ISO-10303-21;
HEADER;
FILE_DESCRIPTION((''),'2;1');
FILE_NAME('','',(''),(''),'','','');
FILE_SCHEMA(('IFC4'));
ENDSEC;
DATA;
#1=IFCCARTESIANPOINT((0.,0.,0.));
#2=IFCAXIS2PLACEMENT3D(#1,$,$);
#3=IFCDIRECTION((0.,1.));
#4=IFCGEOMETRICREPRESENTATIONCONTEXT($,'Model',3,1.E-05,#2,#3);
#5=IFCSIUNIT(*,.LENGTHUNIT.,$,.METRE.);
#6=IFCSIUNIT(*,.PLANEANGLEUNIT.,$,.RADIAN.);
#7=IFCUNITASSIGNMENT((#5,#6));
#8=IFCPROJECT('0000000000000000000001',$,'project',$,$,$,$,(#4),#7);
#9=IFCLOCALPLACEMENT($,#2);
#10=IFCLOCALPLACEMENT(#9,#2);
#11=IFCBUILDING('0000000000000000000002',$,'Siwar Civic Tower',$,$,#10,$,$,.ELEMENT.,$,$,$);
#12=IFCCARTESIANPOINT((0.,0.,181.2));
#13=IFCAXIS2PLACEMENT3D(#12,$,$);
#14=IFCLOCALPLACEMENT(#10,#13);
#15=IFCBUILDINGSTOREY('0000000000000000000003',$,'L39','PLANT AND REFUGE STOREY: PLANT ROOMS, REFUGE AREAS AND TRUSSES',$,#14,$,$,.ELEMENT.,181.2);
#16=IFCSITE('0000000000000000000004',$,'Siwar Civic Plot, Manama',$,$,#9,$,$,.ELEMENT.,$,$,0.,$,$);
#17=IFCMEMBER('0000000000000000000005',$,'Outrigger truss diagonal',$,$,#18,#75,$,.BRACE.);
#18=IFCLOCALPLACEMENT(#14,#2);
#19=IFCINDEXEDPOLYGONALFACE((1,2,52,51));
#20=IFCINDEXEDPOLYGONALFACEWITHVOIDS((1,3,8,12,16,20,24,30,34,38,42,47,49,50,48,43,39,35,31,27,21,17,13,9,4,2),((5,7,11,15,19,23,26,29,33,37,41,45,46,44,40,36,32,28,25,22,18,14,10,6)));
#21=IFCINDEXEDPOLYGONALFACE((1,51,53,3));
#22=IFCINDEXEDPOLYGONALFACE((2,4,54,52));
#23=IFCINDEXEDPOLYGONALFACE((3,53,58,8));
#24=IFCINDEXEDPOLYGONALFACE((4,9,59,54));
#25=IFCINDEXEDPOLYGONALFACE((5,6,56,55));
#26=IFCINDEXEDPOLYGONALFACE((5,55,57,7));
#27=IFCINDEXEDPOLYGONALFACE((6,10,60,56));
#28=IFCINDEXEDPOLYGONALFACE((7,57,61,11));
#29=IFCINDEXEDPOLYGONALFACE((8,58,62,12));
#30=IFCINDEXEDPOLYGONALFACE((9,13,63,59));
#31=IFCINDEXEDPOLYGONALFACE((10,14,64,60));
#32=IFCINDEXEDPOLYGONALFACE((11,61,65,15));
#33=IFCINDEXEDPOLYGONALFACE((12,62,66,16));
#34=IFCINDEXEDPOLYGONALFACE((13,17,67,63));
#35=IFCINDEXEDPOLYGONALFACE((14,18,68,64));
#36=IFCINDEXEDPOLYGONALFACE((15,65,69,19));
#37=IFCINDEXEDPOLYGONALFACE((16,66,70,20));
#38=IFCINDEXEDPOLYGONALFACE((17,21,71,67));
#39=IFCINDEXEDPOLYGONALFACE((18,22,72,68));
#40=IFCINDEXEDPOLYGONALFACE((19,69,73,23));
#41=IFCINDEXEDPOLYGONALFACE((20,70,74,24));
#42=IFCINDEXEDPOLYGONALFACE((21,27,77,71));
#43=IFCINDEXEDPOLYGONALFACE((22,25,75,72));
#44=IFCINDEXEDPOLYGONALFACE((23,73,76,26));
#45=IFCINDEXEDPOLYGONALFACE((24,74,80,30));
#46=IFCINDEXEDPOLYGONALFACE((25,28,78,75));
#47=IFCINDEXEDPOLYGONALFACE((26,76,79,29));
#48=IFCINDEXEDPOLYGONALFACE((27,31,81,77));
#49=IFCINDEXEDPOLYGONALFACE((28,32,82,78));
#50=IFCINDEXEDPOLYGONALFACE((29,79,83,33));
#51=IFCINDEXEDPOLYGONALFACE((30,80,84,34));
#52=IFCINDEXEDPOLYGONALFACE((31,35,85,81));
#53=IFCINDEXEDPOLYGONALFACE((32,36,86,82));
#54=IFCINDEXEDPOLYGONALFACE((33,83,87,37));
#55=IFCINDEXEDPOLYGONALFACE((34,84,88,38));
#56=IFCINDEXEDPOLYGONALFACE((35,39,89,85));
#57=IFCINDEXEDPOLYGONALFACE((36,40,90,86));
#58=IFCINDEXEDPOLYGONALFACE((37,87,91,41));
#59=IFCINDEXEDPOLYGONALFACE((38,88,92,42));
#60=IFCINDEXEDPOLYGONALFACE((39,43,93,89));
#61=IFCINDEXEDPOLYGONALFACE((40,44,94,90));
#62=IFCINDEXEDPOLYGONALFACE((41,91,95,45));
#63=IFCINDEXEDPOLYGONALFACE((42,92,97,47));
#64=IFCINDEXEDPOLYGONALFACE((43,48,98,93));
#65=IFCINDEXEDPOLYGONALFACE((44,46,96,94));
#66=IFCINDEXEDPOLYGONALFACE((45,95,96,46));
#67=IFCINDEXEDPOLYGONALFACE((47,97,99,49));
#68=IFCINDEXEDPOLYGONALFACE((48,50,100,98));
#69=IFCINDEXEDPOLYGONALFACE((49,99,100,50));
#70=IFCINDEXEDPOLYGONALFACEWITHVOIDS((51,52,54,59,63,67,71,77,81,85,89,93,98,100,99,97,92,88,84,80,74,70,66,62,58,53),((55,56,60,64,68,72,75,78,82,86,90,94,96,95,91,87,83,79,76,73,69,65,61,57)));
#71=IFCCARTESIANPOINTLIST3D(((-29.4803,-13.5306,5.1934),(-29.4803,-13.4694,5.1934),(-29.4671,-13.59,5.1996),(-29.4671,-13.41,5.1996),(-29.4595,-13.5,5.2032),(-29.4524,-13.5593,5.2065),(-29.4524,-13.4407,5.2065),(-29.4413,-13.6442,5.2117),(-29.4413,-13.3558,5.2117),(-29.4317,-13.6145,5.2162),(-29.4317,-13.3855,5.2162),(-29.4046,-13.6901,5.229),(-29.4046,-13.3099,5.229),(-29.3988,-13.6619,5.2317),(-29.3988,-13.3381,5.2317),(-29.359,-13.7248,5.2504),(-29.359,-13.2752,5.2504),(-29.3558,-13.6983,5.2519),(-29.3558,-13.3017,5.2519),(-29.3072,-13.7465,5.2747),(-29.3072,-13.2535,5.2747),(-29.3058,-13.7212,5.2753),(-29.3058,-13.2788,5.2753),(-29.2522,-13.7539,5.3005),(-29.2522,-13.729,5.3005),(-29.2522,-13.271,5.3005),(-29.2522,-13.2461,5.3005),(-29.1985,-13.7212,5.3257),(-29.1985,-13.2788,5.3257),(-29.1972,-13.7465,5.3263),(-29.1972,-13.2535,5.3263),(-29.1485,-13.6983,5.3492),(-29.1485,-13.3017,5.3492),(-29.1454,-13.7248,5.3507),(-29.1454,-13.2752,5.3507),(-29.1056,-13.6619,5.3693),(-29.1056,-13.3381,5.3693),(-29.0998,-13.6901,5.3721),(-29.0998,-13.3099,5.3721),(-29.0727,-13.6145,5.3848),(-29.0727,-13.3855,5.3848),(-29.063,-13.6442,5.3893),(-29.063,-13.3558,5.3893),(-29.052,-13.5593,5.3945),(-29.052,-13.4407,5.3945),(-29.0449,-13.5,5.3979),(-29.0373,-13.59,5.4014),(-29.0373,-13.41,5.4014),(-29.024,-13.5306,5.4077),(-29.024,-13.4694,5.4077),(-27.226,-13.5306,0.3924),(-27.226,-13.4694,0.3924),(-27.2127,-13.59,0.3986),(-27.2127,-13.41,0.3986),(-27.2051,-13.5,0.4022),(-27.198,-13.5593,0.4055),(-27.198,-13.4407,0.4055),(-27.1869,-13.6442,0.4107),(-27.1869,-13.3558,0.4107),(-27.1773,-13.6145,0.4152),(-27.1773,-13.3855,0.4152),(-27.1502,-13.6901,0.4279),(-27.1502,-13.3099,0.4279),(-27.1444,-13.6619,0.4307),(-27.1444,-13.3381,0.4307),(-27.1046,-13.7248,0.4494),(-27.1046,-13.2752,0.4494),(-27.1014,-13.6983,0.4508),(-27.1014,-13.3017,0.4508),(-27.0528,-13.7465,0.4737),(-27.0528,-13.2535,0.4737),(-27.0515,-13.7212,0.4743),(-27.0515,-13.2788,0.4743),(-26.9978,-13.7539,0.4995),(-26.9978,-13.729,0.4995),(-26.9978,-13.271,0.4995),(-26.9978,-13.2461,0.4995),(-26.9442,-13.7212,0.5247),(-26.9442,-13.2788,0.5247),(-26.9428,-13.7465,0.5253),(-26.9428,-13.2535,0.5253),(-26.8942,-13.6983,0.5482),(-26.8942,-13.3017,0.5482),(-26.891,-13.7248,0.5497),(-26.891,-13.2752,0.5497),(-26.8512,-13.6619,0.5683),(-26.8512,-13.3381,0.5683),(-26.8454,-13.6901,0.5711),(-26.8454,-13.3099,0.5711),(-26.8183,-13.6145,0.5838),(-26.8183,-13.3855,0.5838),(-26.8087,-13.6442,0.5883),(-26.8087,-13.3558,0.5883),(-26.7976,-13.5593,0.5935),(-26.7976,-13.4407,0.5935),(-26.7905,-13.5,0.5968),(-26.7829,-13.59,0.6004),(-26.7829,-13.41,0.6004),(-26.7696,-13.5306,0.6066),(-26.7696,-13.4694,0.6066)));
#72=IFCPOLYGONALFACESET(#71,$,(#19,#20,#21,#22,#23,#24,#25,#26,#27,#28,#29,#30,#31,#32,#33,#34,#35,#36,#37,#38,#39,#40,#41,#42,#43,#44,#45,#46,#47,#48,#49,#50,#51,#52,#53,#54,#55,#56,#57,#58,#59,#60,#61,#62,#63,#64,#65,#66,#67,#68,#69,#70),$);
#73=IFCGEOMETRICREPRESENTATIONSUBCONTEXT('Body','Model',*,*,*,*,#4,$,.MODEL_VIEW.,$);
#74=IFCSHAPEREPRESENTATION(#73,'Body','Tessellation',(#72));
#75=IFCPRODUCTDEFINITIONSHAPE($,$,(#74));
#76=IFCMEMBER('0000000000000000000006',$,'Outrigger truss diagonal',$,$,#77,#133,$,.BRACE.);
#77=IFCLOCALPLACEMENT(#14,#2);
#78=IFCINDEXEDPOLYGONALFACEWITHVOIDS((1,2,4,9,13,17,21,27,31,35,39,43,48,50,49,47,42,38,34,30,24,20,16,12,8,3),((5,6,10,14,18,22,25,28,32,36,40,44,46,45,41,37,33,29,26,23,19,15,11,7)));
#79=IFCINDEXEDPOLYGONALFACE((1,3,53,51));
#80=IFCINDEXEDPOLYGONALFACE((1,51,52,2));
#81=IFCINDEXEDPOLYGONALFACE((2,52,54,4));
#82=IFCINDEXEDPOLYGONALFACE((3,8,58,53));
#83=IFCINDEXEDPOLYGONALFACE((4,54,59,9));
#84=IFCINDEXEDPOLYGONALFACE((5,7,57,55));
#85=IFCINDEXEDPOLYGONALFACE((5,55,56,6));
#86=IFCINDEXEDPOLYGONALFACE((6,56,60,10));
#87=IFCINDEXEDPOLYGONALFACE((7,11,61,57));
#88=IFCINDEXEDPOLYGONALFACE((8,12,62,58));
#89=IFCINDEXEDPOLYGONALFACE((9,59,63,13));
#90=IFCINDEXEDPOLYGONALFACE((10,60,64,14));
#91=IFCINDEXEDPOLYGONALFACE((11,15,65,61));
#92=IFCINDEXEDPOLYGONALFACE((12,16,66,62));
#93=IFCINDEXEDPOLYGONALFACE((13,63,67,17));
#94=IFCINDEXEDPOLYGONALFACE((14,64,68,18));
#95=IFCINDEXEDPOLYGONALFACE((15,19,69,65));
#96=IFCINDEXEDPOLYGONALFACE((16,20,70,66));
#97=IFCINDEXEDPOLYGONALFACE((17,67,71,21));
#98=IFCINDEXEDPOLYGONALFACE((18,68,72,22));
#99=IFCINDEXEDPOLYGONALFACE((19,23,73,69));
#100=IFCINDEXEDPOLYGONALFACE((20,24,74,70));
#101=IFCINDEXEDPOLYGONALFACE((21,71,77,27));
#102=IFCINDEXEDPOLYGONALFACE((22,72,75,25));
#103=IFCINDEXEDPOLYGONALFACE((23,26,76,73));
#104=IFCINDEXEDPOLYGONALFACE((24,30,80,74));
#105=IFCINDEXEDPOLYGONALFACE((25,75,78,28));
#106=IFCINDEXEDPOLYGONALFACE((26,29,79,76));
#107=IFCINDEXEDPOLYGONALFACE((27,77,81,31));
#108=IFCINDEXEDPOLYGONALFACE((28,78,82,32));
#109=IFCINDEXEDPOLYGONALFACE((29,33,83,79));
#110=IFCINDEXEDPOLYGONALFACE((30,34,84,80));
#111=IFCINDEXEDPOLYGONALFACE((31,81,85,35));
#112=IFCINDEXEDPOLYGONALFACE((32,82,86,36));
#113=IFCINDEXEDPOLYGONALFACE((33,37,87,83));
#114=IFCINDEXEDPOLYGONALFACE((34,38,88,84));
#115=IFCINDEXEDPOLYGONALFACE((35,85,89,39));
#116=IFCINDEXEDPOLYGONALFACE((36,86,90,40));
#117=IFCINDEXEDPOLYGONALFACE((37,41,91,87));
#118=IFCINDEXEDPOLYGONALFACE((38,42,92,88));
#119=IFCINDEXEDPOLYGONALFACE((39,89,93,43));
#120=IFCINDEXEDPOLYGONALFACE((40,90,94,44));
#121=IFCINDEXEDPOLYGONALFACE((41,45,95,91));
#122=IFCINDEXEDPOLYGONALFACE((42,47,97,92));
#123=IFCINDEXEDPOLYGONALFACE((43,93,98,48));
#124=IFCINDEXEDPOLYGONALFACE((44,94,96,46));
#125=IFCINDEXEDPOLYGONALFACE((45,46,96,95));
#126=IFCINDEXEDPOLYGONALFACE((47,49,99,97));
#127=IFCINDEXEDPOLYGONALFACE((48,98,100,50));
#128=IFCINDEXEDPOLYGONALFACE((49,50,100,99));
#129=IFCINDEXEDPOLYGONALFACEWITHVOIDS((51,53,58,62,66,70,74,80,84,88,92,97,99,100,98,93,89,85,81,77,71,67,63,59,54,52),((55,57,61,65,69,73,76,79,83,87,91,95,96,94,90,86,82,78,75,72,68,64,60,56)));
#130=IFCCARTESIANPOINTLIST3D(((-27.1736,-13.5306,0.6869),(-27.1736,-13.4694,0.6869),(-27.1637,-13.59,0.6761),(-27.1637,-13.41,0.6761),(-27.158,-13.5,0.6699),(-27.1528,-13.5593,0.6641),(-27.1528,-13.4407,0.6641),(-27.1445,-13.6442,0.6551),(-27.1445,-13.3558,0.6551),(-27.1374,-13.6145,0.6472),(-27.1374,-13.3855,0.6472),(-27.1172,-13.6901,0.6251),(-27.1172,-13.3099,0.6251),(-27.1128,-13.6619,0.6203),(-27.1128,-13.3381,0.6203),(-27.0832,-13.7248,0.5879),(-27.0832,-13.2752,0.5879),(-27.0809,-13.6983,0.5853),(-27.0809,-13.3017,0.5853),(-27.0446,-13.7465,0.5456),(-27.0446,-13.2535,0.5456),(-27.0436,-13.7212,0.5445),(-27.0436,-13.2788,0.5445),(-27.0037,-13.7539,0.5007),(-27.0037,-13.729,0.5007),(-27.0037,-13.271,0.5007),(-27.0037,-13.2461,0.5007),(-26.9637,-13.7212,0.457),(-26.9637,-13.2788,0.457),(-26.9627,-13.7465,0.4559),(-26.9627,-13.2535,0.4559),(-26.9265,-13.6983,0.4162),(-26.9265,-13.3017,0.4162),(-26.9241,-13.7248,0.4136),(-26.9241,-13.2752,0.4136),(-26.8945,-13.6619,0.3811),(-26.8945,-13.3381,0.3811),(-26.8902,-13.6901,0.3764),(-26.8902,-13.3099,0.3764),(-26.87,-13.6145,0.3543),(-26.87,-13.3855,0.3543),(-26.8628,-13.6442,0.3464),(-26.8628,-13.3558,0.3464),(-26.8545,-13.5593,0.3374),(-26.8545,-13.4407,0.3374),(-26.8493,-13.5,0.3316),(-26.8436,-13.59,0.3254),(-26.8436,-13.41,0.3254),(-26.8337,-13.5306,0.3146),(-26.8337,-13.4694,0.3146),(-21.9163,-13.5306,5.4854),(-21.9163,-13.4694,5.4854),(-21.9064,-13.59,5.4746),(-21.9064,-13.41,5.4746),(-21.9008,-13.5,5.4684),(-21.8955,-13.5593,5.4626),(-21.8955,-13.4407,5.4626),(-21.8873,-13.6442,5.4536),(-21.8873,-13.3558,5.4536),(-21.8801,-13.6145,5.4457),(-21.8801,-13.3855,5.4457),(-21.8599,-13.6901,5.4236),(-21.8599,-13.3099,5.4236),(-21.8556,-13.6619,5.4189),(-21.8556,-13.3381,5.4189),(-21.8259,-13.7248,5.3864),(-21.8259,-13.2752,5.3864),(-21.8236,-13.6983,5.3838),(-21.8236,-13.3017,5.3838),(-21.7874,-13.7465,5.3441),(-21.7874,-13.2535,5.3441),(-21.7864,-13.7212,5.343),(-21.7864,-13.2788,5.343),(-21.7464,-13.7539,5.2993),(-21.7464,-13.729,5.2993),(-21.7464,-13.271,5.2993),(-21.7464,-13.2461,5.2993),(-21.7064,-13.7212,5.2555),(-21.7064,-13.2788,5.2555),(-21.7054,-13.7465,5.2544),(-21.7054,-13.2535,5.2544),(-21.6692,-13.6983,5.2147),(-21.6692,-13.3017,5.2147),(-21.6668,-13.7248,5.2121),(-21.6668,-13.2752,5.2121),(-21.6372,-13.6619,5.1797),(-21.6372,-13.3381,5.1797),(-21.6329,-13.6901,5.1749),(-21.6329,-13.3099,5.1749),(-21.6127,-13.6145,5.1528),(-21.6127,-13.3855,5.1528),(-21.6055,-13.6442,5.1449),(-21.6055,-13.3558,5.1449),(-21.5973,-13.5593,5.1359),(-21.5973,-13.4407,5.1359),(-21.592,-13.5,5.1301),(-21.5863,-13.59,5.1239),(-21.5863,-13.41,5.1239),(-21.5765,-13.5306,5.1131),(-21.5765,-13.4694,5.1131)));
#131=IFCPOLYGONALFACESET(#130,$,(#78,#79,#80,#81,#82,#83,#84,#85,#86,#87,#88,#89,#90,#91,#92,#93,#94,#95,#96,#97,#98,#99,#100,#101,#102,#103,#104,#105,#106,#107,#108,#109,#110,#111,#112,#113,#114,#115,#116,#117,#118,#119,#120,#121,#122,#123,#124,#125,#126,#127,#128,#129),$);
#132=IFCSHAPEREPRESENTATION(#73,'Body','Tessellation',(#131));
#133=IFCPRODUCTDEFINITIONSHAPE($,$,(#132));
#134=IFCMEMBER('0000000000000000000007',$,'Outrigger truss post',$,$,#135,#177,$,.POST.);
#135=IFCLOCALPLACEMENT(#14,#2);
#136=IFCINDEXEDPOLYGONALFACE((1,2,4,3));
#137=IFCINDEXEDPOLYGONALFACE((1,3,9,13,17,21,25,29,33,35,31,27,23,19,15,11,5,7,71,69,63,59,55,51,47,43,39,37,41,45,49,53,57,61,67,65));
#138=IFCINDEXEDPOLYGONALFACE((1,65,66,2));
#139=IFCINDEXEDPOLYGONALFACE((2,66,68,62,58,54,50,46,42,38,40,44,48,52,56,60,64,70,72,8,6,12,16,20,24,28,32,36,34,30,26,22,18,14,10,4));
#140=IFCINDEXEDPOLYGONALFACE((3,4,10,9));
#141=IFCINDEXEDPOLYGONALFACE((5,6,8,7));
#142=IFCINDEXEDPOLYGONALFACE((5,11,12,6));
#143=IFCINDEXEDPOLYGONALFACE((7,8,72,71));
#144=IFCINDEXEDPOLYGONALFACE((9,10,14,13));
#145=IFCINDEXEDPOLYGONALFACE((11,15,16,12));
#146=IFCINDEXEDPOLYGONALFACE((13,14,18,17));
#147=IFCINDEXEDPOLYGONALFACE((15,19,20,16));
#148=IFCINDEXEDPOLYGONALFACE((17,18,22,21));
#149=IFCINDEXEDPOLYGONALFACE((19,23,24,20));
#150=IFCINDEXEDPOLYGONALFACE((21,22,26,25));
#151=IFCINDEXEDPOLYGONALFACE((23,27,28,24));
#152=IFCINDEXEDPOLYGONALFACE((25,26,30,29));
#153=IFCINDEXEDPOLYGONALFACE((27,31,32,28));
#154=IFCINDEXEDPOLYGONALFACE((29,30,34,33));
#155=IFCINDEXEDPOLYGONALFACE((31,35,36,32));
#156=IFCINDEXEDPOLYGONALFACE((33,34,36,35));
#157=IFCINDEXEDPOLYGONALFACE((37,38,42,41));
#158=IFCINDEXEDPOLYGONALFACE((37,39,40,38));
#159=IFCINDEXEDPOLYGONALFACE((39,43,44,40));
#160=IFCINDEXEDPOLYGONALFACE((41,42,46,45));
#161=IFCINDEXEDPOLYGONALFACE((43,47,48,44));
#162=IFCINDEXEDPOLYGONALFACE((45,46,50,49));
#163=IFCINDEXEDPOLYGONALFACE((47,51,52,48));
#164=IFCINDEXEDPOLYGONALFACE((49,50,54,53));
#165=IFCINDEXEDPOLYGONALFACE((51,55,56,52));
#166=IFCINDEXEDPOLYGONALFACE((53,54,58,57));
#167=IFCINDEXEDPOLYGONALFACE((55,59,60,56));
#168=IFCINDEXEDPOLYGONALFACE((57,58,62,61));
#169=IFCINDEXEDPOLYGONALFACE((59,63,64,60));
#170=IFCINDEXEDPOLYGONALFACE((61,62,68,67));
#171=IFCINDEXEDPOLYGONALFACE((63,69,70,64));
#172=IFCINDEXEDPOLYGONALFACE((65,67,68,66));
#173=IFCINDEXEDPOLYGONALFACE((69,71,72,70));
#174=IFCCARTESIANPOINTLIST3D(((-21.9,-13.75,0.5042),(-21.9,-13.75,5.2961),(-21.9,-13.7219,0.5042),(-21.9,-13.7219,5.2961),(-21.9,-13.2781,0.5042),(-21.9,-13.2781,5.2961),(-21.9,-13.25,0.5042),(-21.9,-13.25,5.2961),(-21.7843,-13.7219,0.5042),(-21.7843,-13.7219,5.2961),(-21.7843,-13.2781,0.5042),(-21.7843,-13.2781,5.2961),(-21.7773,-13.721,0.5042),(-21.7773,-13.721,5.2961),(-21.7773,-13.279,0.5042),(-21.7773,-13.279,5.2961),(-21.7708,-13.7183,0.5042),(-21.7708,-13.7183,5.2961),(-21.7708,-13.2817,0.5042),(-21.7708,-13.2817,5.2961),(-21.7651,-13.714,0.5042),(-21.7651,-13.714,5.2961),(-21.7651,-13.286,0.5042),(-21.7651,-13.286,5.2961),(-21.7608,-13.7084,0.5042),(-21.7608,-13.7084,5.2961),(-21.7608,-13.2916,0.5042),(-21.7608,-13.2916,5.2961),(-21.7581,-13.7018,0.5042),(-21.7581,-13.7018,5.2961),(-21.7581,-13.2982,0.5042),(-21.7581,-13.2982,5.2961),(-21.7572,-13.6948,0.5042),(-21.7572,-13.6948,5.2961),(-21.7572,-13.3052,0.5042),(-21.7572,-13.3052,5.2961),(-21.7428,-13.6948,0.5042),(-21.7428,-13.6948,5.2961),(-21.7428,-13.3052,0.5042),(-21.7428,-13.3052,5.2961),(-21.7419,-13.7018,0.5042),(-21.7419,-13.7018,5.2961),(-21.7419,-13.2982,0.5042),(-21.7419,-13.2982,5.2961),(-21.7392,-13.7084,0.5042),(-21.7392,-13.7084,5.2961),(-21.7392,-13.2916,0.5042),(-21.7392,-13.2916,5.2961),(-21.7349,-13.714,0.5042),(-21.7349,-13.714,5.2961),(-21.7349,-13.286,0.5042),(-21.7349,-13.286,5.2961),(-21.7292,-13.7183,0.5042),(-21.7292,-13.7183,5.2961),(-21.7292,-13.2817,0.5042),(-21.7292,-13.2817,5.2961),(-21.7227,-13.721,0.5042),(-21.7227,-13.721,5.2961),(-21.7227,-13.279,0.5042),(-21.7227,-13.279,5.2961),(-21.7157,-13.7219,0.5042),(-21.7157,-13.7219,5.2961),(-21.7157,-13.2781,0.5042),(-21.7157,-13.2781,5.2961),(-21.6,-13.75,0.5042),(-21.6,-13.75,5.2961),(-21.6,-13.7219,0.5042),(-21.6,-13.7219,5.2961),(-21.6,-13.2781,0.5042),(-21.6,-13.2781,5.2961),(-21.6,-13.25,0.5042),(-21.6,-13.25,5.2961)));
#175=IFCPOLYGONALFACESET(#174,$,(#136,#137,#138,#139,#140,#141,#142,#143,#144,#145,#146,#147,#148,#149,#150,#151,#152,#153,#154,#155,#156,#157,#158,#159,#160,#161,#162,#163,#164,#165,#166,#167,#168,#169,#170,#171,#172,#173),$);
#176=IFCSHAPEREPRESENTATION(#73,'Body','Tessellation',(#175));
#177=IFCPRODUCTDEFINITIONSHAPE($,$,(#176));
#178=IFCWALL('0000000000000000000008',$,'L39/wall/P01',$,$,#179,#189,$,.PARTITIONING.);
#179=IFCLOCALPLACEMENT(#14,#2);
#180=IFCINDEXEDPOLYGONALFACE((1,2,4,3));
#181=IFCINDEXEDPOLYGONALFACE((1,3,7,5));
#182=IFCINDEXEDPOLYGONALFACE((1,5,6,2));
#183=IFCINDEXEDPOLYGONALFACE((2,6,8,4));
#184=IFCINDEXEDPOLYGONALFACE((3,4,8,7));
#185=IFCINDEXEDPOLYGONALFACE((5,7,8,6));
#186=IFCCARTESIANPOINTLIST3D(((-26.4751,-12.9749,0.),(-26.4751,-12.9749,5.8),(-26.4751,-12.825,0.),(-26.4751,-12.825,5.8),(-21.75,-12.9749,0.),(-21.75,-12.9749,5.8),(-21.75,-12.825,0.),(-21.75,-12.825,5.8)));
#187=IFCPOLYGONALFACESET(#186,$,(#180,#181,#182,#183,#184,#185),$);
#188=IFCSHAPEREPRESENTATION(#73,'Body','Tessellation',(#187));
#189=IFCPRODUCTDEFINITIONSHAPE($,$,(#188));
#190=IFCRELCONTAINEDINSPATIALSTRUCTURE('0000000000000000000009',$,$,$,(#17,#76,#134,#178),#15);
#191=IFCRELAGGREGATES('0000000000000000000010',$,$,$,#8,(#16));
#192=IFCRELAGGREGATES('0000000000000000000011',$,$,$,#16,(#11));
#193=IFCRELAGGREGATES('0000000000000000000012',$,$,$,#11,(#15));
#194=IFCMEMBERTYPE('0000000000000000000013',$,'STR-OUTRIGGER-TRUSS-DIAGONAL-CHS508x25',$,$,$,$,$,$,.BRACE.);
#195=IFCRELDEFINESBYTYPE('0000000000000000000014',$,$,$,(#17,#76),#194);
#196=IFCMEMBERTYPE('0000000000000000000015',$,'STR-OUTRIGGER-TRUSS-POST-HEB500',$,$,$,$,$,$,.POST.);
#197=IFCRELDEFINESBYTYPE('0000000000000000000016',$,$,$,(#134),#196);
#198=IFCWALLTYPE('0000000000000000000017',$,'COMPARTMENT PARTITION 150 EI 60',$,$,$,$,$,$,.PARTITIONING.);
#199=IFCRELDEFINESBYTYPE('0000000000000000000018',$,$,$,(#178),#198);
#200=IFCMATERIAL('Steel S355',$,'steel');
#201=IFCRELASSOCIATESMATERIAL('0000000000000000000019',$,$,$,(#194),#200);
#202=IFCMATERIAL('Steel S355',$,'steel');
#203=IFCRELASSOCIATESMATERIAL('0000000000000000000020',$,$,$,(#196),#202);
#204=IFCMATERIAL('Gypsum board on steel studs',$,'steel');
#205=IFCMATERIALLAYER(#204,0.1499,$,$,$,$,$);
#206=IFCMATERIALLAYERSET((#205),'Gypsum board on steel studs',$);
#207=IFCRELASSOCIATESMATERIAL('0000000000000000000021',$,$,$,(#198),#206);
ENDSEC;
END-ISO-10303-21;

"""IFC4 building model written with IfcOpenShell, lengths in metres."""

from ifc_helpers import new_model, si_unit, direction, frame, frame_2d, origin, origin_2d, place, context, subcontext, project, spatial, rectangle, hollow_circle, i_section, extrude, material, layer, layer_set, material_profile, profile_set, type_object, element, save


model = new_model("IFC4")

# Units and contexts
model_context = context("Model", 3, precision=1e-05, world=origin(), true_north=direction((0.0, 1.0)))
body_context = subcontext(model_context, "Body", "Model", "MODEL_VIEW")
ifc_project = project(units=[si_unit("LENGTHUNIT", "METRE"), si_unit("PLANEANGLEUNIT", "RADIAN")], contexts=[model_context])

# Site, building, storey
site_placement = place(None, origin())
site = spatial("IfcSite", under=ifc_project, at=site_placement, Name="Siwar Civic Plot, Manama", CompositionType="ELEMENT", RefElevation=0.0)
building_placement = place(site_placement, origin())
building = spatial("IfcBuilding", under=site, at=building_placement, Name="Siwar Civic Tower", CompositionType="ELEMENT")
storey_placement = place(building_placement, frame((0.0, 0.0, 181.2)))
storey = spatial("IfcBuildingStorey", under=building, at=storey_placement, Name="L39", Description="PLANT AND REFUGE STOREY: PLANT ROOMS, REFUGE AREAS AND TRUSSES", CompositionType="ELEMENT", Elevation=181.2)

# Members
ifc_material_1 = material(Name="Steel S355", Category="steel")
ifc_material_profile_1 = material_profile(ifc_material_1, hollow_circle(Radius=0.2539, WallThickness=0.0249, at=origin_2d()), Name="CHS508x25")
ifc_profile_set_1 = profile_set([ifc_material_profile_1], Name="Steel S355")
member_type_1 = type_object("IfcMemberType", Name="STR-OUTRIGGER-TRUSS-DIAGONAL-CHS508x25", PredefinedType="BRACE", material=ifc_profile_set_1)
member_1_placement = place(storey_placement, frame((-26.9978, -13.5, 0.4995), z_axis=(-0.425039, 0.0, 0.905175), x_axis=(0.0, -1.0, 0.0)))
element("IfcMember", 1, at=member_1_placement, inside=storey, type_object=member_type_1, Name="Outrigger truss diagonal", PredefinedType="BRACE", context=body_context, shape_type="SweptSolid", body=[
    extrude(hollow_circle(Radius=0.2539, WallThickness=0.0249, at=origin_2d()), origin(), (0.0, 0.0, 1.0), 5.304),
])
member_2_placement = place(storey_placement, frame((-27.0037, -13.5, 0.5007), z_axis=(0.738596, 0.0, 0.674148), x_axis=(0.0, 1.0, 0.0)))
element("IfcMember", 2, at=member_2_placement, inside=storey, type_object=member_type_1, Name="Outrigger truss diagonal", PredefinedType="BRACE", context=body_context, shape_type="SweptSolid", body=[
    extrude(hollow_circle(Radius=0.2539, WallThickness=0.0249, at=origin_2d()), origin(), (0.0, 0.0, 1.0), 7.1179),
])
ifc_material_2 = material(Name="Steel S355", Category="steel")
ifc_material_profile_2 = material_profile(ifc_material_2, i_section(OverallWidth=0.3, OverallDepth=0.5, WebThickness=0.0144, FlangeThickness=0.0281, FilletRadius=0.0271, at=origin_2d()), Name="HEB500")
ifc_profile_set_2 = profile_set([ifc_material_profile_2], Name="Steel S355")
member_type_2 = type_object("IfcMemberType", Name="STR-OUTRIGGER-TRUSS-POST-HEB500", PredefinedType="POST", material=ifc_profile_set_2)
member_3_placement = place(storey_placement, frame((-21.75, -13.5, 0.5042), z_axis=(0.0, 0.0, 1.0), x_axis=(1.0, 0.0, 0.0)))
element("IfcMember", 3, at=member_3_placement, inside=storey, type_object=member_type_2, Name="Outrigger truss post", PredefinedType="POST", context=body_context, shape_type="SweptSolid", body=[
    extrude(i_section(OverallWidth=0.3, OverallDepth=0.5, WebThickness=0.0144, FlangeThickness=0.0281, FilletRadius=0.0271, at=origin_2d()), origin(), (0.0, 0.0, 1.0), 4.792),
])

# Wall
ifc_material_3 = material(Name="Gypsum board on steel studs", Category="steel")
ifc_layer_1 = layer(ifc_material_3, 0.1499)
ifc_layer_set_1 = layer_set([ifc_layer_1], Name="Gypsum board on steel studs")
wall_type_1 = type_object("IfcWallType", Name="COMPARTMENT PARTITION 150 EI 60", PredefinedType="PARTITIONING", material=ifc_layer_set_1)
wall_1_placement = place(storey_placement, frame((-26.4751, -12.8999, 0.0), z_axis=(0.0, 0.0, 1.0), x_axis=(1.0, 0.0, 0.0)))
element("IfcWall", 4, at=wall_1_placement, inside=storey, type_object=wall_type_1, Name="L39/wall/P01", PredefinedType="PARTITIONING", context=body_context, shape_type="SweptSolid", body=[
    extrude(rectangle(XDim=4.7251, YDim=0.1499, at=frame_2d((2.3625, 0.0))), origin(), (0.0, 0.0, 1.0), 5.8),
])

save(model, "model.ifc")
